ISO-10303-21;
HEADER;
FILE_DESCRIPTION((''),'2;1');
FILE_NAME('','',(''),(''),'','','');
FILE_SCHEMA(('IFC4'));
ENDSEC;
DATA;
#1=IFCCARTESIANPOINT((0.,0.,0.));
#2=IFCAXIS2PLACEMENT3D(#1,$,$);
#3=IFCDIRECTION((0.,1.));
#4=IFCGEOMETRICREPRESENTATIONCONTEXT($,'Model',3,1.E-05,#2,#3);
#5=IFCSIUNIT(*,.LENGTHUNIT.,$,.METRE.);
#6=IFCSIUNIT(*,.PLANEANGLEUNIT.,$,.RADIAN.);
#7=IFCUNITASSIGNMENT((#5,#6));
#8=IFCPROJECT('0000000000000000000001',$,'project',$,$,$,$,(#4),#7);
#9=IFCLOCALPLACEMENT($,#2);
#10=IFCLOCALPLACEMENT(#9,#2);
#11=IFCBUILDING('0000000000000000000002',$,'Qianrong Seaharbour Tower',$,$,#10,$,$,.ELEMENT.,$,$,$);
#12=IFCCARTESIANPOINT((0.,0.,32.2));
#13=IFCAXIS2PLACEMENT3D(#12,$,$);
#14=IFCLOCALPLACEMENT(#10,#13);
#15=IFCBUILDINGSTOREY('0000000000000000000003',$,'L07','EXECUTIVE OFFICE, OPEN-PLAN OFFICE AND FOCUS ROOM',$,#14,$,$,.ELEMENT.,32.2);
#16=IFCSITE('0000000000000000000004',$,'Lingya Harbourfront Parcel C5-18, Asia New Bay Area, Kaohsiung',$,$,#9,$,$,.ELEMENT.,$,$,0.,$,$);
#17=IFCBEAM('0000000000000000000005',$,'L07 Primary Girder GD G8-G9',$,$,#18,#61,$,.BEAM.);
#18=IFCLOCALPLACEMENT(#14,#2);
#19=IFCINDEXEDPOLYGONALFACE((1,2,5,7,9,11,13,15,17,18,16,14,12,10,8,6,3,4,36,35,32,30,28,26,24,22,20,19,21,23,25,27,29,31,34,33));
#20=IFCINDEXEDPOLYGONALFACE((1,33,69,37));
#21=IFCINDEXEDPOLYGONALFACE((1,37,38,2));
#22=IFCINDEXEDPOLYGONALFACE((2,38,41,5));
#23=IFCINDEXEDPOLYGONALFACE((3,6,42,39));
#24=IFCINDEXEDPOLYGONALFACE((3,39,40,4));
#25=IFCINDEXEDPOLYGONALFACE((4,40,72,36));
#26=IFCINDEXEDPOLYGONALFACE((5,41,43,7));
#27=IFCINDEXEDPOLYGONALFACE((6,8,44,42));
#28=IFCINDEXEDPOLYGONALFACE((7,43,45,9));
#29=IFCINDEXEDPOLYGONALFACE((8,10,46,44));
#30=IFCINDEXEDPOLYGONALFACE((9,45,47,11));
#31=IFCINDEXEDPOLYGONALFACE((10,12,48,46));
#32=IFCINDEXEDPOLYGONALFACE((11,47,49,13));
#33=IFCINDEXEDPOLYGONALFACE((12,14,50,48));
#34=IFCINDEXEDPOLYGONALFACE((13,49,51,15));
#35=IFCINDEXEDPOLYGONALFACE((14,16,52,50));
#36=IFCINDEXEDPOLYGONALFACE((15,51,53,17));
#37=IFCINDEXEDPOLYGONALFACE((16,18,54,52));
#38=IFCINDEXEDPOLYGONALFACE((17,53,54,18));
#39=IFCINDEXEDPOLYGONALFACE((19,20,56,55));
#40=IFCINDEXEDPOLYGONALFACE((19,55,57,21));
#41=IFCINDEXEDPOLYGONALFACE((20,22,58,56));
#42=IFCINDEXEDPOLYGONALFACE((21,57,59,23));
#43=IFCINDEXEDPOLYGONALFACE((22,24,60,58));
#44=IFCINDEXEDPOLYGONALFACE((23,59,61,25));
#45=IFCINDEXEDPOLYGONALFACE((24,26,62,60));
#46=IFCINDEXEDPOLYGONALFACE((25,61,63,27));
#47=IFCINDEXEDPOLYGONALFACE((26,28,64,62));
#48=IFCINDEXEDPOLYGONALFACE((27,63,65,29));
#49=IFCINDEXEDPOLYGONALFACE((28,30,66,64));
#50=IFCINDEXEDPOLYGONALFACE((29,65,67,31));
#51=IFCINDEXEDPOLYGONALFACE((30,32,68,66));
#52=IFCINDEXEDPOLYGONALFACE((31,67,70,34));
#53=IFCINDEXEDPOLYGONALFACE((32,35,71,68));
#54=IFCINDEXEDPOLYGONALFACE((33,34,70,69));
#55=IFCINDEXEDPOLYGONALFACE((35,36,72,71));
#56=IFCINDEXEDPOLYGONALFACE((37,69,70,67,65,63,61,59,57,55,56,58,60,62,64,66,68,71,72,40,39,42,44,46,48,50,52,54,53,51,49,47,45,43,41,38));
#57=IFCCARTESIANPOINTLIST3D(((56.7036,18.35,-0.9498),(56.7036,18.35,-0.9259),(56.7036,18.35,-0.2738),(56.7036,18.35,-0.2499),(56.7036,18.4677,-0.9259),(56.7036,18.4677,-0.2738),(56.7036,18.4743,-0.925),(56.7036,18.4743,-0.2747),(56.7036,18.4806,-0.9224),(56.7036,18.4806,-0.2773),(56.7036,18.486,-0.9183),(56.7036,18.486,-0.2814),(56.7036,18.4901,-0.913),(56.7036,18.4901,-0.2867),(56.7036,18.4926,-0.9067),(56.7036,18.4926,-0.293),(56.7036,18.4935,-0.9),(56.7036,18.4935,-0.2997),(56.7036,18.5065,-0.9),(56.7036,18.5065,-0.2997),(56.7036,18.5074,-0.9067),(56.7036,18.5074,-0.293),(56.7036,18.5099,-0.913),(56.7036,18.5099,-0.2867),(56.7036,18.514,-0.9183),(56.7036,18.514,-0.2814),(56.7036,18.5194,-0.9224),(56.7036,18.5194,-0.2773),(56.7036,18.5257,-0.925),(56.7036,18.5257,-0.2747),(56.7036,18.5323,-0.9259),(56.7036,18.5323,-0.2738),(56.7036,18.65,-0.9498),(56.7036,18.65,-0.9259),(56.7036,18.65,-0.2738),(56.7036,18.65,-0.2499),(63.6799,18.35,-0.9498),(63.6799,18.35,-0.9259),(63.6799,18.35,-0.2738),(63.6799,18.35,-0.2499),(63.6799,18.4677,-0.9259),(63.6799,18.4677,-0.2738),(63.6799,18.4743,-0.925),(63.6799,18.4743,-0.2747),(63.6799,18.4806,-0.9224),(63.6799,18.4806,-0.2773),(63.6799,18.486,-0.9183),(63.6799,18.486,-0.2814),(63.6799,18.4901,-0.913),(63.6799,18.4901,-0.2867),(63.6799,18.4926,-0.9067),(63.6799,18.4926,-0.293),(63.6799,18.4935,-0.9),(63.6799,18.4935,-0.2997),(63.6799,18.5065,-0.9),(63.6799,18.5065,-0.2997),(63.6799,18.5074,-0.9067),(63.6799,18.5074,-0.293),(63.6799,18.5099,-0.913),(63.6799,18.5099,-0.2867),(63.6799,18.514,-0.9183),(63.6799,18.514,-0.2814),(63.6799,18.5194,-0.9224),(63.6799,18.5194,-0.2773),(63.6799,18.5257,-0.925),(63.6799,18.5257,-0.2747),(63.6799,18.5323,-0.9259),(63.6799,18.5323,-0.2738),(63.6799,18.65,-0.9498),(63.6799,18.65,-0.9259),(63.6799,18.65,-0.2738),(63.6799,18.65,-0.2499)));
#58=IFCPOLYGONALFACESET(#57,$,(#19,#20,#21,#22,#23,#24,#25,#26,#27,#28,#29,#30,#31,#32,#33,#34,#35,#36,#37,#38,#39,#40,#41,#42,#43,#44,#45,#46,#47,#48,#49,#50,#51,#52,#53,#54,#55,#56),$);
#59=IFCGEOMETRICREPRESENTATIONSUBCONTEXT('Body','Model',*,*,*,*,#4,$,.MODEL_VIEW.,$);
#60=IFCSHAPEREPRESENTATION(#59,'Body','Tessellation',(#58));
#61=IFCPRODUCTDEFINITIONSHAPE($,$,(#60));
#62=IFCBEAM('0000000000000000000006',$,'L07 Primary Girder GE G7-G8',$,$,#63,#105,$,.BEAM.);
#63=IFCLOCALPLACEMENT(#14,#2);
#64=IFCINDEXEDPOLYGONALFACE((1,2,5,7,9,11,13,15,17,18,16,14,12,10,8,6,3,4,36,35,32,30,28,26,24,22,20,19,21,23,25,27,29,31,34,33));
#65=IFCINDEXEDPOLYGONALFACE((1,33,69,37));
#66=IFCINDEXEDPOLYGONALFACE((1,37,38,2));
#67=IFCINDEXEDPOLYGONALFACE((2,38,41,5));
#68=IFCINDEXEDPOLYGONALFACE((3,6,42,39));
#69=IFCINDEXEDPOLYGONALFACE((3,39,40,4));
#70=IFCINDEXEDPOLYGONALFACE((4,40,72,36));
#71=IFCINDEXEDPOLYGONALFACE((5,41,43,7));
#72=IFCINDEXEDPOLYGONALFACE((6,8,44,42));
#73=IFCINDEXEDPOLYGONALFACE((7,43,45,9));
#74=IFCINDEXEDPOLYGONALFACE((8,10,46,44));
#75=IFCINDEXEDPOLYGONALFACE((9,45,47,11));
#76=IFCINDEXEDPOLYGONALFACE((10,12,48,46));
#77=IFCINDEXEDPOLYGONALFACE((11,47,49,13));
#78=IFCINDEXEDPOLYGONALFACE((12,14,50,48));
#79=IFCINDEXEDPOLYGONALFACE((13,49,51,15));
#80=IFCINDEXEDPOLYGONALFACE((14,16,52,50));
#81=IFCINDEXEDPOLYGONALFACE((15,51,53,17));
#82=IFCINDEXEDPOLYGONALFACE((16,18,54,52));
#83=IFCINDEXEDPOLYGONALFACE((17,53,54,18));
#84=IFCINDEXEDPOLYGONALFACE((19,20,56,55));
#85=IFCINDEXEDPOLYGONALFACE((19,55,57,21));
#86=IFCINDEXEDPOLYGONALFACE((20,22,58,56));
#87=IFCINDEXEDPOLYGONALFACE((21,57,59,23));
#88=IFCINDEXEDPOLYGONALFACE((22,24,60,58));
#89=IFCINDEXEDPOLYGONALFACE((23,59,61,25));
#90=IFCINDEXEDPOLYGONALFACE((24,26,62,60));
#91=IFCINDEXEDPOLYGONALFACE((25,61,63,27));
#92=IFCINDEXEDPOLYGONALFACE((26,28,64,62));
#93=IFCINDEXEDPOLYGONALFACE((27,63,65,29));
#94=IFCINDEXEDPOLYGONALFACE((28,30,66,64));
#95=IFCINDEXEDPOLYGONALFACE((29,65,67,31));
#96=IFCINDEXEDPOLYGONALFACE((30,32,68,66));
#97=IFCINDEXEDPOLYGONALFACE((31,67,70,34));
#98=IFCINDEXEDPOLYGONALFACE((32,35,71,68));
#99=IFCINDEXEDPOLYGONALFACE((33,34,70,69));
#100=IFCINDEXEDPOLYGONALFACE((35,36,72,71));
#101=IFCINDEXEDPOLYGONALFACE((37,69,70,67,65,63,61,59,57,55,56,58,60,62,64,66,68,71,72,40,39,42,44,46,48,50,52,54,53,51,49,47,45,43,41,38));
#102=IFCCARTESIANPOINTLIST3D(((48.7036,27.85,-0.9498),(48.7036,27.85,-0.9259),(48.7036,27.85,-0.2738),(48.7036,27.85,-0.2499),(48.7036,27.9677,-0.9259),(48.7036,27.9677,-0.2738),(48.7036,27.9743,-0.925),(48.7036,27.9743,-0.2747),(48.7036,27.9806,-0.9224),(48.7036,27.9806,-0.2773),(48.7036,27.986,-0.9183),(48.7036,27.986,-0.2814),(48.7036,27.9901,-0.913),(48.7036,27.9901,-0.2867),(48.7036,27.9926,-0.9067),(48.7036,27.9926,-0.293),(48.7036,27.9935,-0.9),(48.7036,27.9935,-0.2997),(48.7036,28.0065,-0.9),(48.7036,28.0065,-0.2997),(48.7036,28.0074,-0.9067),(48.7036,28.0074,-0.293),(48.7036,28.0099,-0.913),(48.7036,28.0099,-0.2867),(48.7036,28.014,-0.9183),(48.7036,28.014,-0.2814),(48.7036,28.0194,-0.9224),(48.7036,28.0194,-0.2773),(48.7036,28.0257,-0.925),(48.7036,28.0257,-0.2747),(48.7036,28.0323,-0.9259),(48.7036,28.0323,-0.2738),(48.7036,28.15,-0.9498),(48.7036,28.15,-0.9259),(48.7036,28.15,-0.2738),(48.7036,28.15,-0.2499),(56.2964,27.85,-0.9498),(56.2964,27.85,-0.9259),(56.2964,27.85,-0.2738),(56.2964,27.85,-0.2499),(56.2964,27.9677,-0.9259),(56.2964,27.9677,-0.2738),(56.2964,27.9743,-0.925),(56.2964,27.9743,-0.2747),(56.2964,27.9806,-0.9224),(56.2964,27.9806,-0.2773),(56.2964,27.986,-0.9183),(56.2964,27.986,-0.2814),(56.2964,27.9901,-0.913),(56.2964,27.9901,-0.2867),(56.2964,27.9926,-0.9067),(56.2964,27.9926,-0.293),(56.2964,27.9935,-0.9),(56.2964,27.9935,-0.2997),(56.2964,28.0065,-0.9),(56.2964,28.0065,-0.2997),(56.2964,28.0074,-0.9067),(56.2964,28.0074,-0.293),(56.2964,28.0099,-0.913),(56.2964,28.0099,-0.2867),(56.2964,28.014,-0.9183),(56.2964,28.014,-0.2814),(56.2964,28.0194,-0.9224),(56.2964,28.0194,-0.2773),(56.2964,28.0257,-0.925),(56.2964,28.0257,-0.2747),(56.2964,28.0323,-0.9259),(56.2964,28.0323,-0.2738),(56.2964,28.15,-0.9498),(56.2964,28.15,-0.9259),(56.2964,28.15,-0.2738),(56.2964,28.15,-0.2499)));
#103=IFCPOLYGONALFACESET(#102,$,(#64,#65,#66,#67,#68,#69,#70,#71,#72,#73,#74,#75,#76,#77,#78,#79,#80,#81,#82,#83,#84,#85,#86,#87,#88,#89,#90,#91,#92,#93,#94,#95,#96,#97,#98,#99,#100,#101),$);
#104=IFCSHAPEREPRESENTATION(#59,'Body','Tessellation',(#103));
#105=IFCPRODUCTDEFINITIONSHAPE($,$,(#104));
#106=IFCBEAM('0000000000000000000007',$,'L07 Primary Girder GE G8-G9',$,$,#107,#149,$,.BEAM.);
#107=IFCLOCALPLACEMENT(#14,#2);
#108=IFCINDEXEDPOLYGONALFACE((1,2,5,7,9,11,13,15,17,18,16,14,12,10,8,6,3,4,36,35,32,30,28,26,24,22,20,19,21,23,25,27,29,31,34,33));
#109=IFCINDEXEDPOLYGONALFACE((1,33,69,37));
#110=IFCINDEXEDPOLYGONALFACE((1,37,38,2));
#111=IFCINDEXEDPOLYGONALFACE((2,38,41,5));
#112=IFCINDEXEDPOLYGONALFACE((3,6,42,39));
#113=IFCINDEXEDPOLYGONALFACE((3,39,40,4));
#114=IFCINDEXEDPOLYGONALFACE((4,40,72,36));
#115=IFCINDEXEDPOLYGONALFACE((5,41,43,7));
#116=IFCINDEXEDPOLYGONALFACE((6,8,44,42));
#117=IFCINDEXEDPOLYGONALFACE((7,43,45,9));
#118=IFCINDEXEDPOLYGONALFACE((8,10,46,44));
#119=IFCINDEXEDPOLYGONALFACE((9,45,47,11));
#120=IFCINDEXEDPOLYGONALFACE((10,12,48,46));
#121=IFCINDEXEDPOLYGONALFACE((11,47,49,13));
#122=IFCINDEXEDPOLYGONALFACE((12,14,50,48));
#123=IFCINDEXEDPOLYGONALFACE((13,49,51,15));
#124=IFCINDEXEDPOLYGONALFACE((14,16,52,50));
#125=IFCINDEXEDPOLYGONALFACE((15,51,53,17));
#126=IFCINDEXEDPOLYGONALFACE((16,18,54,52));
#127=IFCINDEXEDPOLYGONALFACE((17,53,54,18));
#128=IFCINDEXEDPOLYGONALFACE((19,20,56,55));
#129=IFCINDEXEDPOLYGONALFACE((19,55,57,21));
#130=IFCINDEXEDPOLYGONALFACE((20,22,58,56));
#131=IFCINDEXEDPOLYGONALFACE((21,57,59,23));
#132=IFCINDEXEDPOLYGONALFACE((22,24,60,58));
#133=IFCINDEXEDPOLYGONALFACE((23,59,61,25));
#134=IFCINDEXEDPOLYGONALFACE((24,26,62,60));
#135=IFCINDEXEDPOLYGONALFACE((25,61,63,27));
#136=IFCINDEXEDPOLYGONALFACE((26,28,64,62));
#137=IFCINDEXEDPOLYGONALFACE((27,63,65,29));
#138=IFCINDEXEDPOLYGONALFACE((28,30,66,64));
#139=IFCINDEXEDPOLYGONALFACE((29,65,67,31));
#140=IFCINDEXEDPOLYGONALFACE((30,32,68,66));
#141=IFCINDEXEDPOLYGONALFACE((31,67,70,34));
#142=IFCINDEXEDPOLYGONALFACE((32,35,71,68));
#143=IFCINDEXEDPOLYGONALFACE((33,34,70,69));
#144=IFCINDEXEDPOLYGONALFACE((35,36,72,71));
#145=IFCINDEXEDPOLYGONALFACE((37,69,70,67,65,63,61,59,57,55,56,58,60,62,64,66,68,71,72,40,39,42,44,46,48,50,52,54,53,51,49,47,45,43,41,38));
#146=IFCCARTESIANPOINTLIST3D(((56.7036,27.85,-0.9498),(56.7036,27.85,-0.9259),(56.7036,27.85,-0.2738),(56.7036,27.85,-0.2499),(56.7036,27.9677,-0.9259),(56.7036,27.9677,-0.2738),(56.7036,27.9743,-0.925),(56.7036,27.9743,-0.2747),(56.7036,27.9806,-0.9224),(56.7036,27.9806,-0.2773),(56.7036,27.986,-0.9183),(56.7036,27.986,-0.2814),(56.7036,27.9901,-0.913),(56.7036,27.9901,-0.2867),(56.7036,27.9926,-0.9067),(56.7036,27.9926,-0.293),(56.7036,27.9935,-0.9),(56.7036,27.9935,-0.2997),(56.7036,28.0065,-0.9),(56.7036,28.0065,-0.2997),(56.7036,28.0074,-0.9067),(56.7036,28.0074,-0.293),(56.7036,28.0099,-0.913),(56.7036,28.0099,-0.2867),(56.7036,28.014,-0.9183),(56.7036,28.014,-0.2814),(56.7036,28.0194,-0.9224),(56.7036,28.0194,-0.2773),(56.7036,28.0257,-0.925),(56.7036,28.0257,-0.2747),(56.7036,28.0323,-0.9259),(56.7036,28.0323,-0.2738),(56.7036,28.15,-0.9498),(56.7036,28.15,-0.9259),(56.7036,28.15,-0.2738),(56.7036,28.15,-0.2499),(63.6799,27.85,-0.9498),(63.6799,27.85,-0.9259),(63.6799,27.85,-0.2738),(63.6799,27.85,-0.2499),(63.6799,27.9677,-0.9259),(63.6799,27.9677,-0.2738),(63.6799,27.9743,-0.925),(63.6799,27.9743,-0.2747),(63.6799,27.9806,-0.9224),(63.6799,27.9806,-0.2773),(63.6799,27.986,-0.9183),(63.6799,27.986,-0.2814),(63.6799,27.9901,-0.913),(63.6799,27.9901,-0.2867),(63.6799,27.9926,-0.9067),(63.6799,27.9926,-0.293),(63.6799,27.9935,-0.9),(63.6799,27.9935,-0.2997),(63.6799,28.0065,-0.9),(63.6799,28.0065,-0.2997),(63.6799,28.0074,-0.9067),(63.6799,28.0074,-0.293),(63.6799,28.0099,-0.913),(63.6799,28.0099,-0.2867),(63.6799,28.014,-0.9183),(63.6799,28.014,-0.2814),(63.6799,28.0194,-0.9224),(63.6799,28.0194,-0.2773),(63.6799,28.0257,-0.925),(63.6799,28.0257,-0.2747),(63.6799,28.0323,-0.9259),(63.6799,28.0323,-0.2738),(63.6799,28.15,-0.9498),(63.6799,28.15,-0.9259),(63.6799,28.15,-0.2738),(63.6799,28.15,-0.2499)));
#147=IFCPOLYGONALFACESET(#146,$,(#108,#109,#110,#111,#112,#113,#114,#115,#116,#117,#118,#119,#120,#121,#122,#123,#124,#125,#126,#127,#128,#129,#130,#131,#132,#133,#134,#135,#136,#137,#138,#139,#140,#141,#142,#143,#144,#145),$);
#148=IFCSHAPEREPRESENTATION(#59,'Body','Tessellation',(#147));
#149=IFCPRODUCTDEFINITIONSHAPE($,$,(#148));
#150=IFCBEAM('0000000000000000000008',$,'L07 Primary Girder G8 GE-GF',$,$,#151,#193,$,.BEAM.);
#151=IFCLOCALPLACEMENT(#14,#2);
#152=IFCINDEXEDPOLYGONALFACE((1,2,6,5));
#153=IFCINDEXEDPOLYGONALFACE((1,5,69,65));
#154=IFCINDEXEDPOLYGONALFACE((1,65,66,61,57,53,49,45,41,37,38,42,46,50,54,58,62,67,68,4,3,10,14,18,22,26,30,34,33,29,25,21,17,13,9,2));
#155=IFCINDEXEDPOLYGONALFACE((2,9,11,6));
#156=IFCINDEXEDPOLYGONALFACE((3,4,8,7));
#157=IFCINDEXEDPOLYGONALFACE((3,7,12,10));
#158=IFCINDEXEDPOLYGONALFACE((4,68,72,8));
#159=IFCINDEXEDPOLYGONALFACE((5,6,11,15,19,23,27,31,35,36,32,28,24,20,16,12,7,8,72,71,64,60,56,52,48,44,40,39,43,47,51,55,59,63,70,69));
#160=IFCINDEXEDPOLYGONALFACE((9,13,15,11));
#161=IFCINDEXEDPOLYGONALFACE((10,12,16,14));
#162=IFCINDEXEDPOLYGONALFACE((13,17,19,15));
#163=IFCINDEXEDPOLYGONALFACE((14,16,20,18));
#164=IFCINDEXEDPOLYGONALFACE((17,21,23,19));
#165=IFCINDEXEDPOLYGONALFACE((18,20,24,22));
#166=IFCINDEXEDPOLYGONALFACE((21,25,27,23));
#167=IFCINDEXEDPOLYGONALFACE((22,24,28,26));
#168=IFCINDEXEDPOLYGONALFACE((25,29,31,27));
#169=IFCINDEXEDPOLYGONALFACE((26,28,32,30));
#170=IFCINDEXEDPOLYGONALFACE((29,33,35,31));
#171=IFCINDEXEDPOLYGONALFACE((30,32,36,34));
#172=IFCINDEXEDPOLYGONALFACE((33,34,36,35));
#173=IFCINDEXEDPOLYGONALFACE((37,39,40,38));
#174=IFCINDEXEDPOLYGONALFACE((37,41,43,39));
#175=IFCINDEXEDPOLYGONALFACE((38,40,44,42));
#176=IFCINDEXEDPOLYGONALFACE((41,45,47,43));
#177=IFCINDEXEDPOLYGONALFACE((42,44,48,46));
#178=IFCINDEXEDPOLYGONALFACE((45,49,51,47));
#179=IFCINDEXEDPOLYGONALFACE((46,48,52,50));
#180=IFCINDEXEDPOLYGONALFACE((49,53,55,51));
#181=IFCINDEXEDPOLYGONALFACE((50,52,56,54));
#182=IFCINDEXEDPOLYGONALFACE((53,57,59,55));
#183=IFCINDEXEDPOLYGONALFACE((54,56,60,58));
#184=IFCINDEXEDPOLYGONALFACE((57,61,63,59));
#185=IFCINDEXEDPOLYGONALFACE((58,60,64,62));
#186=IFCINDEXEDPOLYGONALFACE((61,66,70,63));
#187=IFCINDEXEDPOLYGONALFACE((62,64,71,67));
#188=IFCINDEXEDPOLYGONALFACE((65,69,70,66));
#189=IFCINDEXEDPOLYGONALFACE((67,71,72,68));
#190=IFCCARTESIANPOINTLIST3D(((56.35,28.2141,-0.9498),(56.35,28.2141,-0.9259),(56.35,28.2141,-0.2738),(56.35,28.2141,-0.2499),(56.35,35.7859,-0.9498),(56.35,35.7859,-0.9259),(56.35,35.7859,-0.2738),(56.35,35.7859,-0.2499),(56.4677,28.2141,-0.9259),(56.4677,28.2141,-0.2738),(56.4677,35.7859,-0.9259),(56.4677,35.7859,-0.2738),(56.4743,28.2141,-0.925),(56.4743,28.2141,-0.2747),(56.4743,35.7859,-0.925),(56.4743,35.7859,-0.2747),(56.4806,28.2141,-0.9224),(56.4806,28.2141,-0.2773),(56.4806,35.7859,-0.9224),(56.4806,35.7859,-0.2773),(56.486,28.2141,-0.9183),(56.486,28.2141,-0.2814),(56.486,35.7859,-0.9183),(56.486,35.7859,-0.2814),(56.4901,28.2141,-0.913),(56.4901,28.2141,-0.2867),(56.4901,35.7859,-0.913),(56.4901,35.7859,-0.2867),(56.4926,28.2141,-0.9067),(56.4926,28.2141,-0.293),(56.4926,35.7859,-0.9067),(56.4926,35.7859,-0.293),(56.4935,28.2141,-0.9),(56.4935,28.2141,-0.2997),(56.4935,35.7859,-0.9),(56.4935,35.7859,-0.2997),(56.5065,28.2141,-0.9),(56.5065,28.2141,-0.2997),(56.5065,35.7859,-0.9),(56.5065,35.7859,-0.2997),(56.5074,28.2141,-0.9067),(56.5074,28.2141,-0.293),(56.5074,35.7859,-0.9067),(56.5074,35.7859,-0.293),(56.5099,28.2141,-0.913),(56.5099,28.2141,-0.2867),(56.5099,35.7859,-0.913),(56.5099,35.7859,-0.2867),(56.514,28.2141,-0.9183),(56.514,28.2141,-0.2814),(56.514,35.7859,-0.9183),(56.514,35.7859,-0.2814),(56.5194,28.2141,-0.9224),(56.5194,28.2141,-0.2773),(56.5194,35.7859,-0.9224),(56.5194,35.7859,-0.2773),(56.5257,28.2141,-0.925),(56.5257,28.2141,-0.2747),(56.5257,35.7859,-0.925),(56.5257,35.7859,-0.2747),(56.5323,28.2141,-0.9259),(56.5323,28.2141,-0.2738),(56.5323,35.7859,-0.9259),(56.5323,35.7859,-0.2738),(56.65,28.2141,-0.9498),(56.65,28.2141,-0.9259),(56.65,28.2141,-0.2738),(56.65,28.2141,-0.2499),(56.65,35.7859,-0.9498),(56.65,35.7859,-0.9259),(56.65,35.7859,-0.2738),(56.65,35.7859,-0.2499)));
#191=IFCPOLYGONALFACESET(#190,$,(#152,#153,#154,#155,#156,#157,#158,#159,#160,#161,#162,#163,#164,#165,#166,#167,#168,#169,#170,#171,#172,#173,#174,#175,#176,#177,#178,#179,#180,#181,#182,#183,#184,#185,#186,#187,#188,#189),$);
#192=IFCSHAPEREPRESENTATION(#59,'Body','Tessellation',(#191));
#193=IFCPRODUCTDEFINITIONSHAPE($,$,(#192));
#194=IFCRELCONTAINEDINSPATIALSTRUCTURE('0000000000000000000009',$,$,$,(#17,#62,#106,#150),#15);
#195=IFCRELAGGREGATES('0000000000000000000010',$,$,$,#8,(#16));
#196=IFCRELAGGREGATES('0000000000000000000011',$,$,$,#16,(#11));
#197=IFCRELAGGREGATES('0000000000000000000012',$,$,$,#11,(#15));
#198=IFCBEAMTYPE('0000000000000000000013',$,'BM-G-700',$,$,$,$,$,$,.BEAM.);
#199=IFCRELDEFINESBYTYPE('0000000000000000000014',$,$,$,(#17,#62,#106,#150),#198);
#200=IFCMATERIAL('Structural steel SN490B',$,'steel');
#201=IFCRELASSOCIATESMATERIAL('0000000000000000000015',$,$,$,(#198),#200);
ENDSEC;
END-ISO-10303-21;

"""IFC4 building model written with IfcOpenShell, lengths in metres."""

from ifc_helpers import new_model, si_unit, direction, frame, origin, origin_2d, place, context, subcontext, project, spatial, i_section, extrude, material, material_profile, profile_set, type_object, element, save


model = new_model("IFC4")

# Units and contexts
model_context = context("Model", 3, precision=1e-05, world=origin(), true_north=direction((0.0, 1.0)))
body_context = subcontext(model_context, "Body", "Model", "MODEL_VIEW")
ifc_project = project(units=[si_unit("LENGTHUNIT", "METRE"), si_unit("PLANEANGLEUNIT", "RADIAN")], contexts=[model_context])

# Site, building, storey
site_placement = place(None, origin())
site = spatial("IfcSite", under=ifc_project, at=site_placement, Name="Lingya Harbourfront Parcel C5-18, Asia New Bay Area, Kaohsiung", CompositionType="ELEMENT", RefElevation=0.0)
building_placement = place(site_placement, origin())
building = spatial("IfcBuilding", under=site, at=building_placement, Name="Qianrong Seaharbour Tower", CompositionType="ELEMENT")
storey_placement = place(building_placement, frame((0.0, 0.0, 32.2)))
storey = spatial("IfcBuildingStorey", under=building, at=storey_placement, Name="L07", Description="EXECUTIVE OFFICE, OPEN-PLAN OFFICE AND FOCUS ROOM", CompositionType="ELEMENT", Elevation=32.2)

# Shared definitions
ifc_material_1 = material(Name="Structural steel SN490B", Category="steel")

# Beams
ifc_material_profile_1 = material_profile(ifc_material_1, i_section(OverallWidth=0.3, OverallDepth=0.7, WebThickness=0.0129, FlangeThickness=0.0239, FilletRadius=0.0259, at=origin_2d()), Name="H700x300x13x24")
ifc_profile_set_1 = profile_set([ifc_material_profile_1], Name="Structural steel SN490B")
beam_type_1 = type_object("IfcBeamType", Name="BM-G-700", PredefinedType="BEAM", material=ifc_profile_set_1)
beam_1_placement = place(storey_placement, frame((56.7036, 18.5, -0.5999), z_axis=(1.0, 0.0, 0.0), x_axis=(0.0, 1.0, 0.0)))
element("IfcBeam", 1, at=beam_1_placement, inside=storey, type_object=beam_type_1, Name="L07 Primary Girder GD G8-G9", PredefinedType="BEAM", context=body_context, shape_type="SweptSolid", body=[
    extrude(i_section(OverallWidth=0.3, OverallDepth=0.7, WebThickness=0.0129, FlangeThickness=0.0239, FilletRadius=0.0259, at=origin_2d()), origin(), (0.0, 0.0, 1.0), 6.9763),
])
beam_2_placement = place(storey_placement, frame((48.7036, 28.0, -0.5999), z_axis=(1.0, 0.0, 0.0), x_axis=(0.0, 1.0, 0.0)))
element("IfcBeam", 2, at=beam_2_placement, inside=storey, type_object=beam_type_1, Name="L07 Primary Girder GE G7-G8", PredefinedType="BEAM", context=body_context, shape_type="SweptSolid", body=[
    extrude(i_section(OverallWidth=0.3, OverallDepth=0.7, WebThickness=0.0129, FlangeThickness=0.0239, FilletRadius=0.0259, at=origin_2d()), origin(), (0.0, 0.0, 1.0), 7.5928),
])
beam_3_placement = place(storey_placement, frame((56.7036, 28.0, -0.5999), z_axis=(1.0, 0.0, 0.0), x_axis=(0.0, 1.0, 0.0)))
element("IfcBeam", 3, at=beam_3_placement, inside=storey, type_object=beam_type_1, Name="L07 Primary Girder GE G8-G9", PredefinedType="BEAM", context=body_context, shape_type="SweptSolid", body=[
    extrude(i_section(OverallWidth=0.3, OverallDepth=0.7, WebThickness=0.0129, FlangeThickness=0.0239, FilletRadius=0.0259, at=origin_2d()), origin(), (0.0, 0.0, 1.0), 6.9763),
])
beam_4_placement = place(storey_placement, frame((56.5, 28.2141, -0.5999), z_axis=(0.0, 1.0, 0.0), x_axis=(-1.0, 0.0, 0.0)))
element("IfcBeam", 4, at=beam_4_placement, inside=storey, type_object=beam_type_1, Name="L07 Primary Girder G8 GE-GF", PredefinedType="BEAM", context=body_context, shape_type="SweptSolid", body=[
    extrude(i_section(OverallWidth=0.3, OverallDepth=0.7, WebThickness=0.0129, FlangeThickness=0.0239, FilletRadius=0.0259, at=origin_2d()), origin(), (0.0, 0.0, 1.0), 7.5718),
])

save(model, "model.ifc")
